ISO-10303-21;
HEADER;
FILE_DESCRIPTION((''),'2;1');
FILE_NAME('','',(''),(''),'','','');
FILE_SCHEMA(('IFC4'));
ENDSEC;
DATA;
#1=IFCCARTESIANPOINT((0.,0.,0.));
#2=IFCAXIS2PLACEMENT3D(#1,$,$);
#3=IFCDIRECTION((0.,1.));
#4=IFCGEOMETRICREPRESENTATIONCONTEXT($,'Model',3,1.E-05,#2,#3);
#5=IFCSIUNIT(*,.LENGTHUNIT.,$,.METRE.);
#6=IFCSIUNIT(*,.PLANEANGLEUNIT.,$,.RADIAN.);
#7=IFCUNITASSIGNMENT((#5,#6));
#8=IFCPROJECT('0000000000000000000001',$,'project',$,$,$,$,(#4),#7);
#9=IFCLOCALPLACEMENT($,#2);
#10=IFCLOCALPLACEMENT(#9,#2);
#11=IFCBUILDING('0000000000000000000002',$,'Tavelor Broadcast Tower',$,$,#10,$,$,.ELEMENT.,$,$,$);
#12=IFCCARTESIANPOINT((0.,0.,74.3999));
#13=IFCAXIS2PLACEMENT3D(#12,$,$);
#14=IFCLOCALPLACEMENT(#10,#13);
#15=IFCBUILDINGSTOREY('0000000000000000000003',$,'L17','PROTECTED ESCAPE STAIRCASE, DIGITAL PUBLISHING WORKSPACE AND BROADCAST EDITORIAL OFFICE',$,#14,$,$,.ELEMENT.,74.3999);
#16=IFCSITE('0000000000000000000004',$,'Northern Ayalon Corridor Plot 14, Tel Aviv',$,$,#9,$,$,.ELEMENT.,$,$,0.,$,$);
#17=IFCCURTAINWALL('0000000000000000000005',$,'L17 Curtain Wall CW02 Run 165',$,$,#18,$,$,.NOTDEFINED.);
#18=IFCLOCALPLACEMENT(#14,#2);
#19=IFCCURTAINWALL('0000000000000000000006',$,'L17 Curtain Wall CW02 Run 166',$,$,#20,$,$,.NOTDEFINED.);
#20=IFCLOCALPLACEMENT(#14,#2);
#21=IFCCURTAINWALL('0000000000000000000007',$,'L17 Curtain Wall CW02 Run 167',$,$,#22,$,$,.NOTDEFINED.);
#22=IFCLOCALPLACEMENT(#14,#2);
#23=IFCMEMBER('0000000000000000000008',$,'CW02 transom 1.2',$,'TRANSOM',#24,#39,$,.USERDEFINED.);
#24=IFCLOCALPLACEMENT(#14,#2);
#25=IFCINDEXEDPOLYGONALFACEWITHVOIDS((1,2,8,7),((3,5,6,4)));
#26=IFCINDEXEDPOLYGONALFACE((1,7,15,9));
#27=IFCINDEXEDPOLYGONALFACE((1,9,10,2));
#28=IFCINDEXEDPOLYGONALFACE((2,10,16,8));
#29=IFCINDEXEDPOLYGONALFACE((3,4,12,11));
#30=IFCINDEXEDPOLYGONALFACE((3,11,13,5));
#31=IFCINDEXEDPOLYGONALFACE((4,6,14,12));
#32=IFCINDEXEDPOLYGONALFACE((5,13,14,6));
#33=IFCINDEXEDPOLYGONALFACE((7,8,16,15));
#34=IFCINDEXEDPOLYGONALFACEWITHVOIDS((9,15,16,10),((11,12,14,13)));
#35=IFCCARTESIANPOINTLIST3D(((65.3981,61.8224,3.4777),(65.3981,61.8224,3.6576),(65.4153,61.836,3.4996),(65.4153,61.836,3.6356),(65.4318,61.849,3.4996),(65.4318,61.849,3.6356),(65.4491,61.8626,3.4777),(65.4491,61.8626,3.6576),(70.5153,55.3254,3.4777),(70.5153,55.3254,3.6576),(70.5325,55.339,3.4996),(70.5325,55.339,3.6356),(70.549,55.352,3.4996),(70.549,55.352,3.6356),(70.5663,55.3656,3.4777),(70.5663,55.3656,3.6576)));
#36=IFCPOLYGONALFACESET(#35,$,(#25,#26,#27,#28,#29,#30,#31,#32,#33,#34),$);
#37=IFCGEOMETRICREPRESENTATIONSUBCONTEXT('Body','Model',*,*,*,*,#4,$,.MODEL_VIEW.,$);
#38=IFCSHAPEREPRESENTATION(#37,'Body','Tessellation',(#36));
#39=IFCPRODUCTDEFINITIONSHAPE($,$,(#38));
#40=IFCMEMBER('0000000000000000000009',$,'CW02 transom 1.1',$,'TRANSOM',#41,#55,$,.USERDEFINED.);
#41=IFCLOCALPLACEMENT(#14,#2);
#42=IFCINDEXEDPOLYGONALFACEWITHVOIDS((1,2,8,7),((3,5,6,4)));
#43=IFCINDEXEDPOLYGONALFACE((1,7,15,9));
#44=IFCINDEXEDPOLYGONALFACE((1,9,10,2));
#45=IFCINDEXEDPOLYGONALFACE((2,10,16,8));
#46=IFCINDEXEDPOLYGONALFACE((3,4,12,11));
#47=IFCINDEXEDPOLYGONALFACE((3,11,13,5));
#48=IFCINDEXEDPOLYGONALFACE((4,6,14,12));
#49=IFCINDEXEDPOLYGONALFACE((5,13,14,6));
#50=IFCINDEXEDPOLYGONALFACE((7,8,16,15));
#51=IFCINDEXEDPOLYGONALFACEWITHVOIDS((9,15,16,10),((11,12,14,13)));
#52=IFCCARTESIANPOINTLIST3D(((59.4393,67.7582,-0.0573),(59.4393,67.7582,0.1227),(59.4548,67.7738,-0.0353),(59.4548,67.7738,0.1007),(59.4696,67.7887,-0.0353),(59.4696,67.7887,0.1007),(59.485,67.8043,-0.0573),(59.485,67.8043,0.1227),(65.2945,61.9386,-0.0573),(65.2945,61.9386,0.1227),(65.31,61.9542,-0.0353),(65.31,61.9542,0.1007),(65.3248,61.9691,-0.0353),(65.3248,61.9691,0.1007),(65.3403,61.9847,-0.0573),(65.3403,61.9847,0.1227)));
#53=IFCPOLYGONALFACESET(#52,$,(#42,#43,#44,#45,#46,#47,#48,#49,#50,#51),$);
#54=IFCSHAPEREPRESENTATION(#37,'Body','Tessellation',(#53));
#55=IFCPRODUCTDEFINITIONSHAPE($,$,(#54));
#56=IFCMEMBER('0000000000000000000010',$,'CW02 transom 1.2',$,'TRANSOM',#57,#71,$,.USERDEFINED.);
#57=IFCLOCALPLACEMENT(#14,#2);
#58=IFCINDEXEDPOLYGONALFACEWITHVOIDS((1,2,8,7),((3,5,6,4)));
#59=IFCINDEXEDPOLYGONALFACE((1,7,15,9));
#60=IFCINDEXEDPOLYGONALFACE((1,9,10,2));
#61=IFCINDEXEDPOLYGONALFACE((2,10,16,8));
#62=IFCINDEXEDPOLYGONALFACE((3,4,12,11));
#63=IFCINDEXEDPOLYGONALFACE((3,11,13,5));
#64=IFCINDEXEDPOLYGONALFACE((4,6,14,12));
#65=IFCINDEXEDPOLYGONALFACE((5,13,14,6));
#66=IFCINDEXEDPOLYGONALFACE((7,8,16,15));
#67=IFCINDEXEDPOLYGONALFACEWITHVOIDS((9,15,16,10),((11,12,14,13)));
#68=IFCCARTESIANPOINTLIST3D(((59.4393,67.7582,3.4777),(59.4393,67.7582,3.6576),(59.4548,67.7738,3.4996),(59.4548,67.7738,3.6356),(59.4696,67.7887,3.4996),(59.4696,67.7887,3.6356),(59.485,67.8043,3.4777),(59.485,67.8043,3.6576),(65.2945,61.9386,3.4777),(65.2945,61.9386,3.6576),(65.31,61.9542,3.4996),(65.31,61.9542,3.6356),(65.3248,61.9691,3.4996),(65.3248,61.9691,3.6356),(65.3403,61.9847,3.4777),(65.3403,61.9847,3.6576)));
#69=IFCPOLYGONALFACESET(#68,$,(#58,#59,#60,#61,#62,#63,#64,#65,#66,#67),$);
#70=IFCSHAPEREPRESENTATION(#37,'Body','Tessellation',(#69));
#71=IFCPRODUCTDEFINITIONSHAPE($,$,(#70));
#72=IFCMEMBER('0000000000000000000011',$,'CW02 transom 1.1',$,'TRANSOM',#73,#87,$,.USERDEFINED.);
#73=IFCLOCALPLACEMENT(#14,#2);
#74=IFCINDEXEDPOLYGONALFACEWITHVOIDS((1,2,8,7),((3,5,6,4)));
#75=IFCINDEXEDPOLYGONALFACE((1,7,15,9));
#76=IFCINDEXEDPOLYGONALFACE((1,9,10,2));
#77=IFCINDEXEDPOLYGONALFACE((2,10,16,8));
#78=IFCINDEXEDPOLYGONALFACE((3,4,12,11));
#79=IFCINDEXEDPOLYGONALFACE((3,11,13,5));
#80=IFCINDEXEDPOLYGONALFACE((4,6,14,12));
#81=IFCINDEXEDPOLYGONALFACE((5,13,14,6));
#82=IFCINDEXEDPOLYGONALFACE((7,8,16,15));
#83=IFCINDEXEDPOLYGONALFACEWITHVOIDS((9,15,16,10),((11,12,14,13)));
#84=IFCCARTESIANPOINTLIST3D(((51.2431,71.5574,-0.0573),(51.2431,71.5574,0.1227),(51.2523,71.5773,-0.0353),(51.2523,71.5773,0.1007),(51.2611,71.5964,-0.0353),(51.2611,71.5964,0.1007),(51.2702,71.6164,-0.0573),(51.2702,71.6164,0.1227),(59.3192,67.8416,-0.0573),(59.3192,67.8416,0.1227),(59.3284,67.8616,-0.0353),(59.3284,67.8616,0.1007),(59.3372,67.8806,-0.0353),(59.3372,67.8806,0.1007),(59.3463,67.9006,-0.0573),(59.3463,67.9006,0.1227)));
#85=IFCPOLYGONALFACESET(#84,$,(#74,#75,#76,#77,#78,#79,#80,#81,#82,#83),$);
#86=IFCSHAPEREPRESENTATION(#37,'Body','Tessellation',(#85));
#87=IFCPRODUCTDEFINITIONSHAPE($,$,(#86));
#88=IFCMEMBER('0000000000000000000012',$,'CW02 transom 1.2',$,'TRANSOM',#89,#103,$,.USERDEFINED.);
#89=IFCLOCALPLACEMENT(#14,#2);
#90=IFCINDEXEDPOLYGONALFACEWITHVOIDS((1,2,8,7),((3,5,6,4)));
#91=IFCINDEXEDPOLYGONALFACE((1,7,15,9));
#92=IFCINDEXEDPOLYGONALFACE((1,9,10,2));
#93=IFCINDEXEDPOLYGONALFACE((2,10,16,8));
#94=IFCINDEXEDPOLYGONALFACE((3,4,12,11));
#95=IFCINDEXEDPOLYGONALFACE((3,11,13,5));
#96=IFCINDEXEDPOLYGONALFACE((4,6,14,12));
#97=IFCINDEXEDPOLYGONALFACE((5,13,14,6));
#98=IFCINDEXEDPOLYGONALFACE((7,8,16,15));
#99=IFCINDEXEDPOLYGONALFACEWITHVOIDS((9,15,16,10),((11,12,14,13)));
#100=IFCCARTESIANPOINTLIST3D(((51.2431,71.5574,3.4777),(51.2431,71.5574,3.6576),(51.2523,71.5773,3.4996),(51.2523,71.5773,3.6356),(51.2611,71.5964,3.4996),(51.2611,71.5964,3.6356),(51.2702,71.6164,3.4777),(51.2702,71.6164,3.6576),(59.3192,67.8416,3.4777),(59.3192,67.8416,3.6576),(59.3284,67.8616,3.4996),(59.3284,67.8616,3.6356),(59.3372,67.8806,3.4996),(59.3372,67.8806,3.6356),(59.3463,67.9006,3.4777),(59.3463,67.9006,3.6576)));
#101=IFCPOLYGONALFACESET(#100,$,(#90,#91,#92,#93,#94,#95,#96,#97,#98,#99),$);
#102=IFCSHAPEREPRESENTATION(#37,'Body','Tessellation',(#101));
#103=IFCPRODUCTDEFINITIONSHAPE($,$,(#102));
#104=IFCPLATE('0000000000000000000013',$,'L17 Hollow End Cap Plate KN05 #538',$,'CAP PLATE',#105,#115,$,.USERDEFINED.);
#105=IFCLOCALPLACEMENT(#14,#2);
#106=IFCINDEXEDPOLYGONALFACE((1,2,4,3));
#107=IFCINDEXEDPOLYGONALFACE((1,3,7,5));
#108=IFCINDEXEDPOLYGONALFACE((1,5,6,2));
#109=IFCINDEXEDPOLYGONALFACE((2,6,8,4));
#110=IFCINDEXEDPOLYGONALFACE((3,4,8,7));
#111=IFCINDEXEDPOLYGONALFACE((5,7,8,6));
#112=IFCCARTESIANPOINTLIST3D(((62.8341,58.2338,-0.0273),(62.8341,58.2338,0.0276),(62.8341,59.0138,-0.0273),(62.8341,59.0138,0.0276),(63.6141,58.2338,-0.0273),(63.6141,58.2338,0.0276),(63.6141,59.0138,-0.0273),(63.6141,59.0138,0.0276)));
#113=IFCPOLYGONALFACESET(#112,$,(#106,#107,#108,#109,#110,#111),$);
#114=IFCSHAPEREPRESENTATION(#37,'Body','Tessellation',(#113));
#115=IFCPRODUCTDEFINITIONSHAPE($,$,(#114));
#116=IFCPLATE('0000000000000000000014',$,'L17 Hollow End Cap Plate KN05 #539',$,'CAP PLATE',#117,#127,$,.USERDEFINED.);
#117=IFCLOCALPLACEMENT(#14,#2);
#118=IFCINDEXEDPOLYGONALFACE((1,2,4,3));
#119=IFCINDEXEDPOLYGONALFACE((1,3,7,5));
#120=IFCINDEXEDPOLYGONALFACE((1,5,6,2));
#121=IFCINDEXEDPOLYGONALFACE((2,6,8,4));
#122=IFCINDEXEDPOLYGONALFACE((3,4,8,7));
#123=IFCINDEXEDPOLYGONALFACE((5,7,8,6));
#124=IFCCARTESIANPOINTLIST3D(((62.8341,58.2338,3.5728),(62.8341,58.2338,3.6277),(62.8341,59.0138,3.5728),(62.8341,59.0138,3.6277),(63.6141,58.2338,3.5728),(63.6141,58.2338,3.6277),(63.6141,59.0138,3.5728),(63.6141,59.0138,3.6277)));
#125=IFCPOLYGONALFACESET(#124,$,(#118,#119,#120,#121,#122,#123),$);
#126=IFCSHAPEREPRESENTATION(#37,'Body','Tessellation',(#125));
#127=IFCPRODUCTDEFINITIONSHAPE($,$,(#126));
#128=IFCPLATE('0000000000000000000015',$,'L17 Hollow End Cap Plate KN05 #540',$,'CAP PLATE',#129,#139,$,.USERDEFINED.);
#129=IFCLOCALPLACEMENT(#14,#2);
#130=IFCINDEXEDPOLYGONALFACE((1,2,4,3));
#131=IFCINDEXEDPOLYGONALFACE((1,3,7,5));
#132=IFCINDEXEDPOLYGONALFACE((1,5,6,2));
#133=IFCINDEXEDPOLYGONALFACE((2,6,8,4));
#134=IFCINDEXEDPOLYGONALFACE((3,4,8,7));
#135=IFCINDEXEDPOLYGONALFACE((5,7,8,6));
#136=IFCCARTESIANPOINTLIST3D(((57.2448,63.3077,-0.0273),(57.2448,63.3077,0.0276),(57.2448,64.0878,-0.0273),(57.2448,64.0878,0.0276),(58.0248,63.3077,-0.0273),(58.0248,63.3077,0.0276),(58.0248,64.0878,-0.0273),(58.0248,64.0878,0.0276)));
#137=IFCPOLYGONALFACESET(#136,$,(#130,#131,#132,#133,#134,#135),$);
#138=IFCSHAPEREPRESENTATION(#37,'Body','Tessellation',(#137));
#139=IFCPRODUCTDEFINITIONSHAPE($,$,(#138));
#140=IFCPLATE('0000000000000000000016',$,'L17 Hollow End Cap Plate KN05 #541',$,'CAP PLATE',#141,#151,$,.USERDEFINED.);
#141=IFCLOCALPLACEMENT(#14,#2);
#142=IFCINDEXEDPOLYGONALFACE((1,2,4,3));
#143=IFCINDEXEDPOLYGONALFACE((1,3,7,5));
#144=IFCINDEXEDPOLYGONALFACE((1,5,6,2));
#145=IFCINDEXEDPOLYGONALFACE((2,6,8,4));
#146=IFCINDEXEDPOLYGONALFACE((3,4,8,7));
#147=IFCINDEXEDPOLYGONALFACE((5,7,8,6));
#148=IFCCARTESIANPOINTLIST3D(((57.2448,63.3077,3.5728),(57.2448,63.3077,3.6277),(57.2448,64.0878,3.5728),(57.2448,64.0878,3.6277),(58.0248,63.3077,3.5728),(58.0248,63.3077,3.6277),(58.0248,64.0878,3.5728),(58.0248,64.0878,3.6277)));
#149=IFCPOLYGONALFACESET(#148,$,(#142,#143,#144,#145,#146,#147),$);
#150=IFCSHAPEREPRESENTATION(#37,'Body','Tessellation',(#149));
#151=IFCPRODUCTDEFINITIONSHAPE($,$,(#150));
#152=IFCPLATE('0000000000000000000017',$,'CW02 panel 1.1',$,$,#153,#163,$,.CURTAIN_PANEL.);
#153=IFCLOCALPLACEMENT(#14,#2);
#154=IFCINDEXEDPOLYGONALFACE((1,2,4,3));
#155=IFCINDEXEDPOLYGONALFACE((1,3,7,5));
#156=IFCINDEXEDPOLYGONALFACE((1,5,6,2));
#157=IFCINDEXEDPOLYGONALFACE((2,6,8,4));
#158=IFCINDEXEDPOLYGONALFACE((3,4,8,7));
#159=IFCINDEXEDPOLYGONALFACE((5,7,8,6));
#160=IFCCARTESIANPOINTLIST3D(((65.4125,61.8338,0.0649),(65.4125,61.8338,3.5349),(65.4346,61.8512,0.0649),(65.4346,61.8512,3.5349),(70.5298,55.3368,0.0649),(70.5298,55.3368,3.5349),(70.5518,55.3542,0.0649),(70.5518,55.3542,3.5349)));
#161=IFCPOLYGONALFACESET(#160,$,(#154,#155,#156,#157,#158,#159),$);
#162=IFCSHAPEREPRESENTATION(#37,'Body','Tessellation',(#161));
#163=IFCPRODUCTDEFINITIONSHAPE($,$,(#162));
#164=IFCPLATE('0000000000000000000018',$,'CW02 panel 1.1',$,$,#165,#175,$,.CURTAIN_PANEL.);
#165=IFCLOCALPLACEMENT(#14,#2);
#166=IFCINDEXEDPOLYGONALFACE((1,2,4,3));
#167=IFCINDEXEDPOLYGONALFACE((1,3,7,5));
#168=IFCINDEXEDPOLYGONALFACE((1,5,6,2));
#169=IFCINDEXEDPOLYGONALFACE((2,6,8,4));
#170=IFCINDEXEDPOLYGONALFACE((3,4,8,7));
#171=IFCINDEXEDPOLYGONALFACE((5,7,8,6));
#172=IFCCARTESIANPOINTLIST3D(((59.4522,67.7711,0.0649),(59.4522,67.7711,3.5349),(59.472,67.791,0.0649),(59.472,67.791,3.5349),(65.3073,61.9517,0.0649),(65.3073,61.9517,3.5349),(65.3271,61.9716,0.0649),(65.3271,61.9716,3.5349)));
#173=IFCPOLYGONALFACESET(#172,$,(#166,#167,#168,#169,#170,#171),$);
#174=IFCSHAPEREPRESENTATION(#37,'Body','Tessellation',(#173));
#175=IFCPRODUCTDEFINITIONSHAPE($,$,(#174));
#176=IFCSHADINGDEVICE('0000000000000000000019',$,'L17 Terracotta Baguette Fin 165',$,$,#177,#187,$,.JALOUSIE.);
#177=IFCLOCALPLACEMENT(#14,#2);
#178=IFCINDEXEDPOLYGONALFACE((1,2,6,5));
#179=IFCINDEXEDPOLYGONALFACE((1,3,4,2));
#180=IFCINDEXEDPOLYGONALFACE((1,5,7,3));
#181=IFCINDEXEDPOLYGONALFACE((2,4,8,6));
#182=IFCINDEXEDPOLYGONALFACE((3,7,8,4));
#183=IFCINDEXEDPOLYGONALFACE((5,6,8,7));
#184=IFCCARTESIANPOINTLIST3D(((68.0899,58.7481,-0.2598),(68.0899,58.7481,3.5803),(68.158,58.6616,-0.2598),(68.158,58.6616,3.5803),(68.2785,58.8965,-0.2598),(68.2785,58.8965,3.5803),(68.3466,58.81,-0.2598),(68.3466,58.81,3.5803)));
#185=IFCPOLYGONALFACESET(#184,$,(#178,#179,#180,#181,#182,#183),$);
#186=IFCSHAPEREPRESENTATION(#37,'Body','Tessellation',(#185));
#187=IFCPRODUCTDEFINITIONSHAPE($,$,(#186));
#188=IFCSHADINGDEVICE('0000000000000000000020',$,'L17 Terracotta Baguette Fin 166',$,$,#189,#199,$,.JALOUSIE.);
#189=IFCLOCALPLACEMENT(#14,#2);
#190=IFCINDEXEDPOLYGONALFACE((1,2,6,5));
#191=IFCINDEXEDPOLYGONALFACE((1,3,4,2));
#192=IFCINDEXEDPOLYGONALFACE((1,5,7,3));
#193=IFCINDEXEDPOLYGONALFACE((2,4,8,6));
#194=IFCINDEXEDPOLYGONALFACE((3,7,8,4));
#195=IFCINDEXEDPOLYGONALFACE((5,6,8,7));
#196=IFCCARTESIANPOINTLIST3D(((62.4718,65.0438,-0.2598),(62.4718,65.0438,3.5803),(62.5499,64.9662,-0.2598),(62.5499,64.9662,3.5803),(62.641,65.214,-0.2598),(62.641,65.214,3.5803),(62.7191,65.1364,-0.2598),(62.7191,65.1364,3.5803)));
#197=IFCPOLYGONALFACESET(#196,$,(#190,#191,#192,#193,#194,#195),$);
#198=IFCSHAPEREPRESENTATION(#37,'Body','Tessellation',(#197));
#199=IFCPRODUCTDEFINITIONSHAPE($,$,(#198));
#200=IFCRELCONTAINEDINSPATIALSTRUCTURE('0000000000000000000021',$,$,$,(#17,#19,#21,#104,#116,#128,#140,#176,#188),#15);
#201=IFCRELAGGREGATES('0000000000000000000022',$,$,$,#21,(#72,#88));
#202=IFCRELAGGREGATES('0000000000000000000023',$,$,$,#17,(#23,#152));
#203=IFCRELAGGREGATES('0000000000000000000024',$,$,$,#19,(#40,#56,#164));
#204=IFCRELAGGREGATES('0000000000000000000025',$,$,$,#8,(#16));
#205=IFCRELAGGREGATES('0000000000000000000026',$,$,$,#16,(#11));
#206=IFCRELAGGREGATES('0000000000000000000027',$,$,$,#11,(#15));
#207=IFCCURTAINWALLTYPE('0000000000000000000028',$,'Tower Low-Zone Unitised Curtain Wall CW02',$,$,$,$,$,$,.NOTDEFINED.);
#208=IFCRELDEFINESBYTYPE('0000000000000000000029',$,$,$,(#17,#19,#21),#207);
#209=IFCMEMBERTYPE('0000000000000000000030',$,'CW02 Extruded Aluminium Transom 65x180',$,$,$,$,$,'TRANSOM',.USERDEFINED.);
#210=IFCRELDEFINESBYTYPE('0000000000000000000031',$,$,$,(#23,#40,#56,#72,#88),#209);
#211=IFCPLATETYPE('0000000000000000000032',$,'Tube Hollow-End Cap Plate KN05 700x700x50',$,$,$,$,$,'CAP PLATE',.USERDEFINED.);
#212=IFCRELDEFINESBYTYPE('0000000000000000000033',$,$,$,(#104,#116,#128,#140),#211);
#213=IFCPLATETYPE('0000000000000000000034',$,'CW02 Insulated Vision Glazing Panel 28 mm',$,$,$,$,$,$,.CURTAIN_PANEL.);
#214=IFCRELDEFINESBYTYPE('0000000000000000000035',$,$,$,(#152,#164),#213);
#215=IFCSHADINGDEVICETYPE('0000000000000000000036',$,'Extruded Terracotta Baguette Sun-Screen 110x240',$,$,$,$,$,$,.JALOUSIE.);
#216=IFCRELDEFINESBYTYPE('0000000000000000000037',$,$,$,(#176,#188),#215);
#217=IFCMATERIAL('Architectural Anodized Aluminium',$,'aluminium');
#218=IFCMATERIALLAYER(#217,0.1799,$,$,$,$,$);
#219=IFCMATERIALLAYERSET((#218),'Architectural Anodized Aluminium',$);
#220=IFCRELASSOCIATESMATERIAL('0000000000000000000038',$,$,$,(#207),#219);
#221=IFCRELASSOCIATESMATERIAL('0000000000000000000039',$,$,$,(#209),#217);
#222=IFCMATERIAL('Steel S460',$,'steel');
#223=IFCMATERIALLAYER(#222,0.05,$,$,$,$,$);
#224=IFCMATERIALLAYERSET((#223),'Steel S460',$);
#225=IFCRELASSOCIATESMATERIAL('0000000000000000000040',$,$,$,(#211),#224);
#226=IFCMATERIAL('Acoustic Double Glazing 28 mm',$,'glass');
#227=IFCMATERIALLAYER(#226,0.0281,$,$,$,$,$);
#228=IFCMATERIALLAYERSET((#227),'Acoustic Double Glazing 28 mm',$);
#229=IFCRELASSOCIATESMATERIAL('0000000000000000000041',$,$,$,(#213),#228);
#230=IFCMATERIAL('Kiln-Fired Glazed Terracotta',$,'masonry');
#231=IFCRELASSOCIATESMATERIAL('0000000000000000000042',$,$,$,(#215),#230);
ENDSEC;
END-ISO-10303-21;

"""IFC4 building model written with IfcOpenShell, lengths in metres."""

from ifc_helpers import new_model, si_unit, direction, frame, origin, origin_2d, place, context, subcontext, project, spatial, rectangle, hollow_rectangle, extrude, source, transform, mapped, material, layer, layer_set, material_profile, profile_set, type_object, type_shapes, element, aggregate, save


model = new_model("IFC4")

# Units and contexts
model_context = context("Model", 3, precision=1e-05, world=origin(), true_north=direction((0.0, 1.0)))
body_context = subcontext(model_context, "Body", "Model", "MODEL_VIEW")
ifc_project = project(units=[si_unit("LENGTHUNIT", "METRE"), si_unit("PLANEANGLEUNIT", "RADIAN")], contexts=[model_context])

# Site, building, storey
site_placement = place(None, origin())
site = spatial("IfcSite", under=ifc_project, at=site_placement, Name="Northern Ayalon Corridor Plot 14, Tel Aviv", CompositionType="ELEMENT", RefElevation=0.0)
building_placement = place(site_placement, origin())
building = spatial("IfcBuilding", under=site, at=building_placement, Name="Tavelor Broadcast Tower", CompositionType="ELEMENT")
storey_placement = place(building_placement, frame((0.0, 0.0, 74.3999)))
storey = spatial("IfcBuildingStorey", under=building, at=storey_placement, Name="L17", Description="PROTECTED ESCAPE STAIRCASE, DIGITAL PUBLISHING WORKSPACE AND BROADCAST EDITORIAL OFFICE", CompositionType="ELEMENT", Elevation=74.3999)

# Shared definitions
ifc_material_1 = material(Name="Steel S460", Category="steel")

# Curtain walls
ifc_material_2 = material(Name="Architectural Anodized Aluminium", Category="aluminium")
ifc_layer_1 = layer(ifc_material_2, 0.1799)
ifc_layer_set_1 = layer_set([ifc_layer_1], Name="Architectural Anodized Aluminium")
curtain_wall_type = type_object("IfcCurtainWallType", Name="Tower Low-Zone Unitised Curtain Wall CW02", PredefinedType="NOTDEFINED", material=ifc_layer_set_1)
curtain_wall_1_placement = place(storey_placement, origin())
curtain_wall_1 = element("IfcCurtainWall", 1, at=curtain_wall_1_placement, inside=storey, type_object=curtain_wall_type, Name="L17 Curtain Wall CW02 Run 165", PredefinedType="NOTDEFINED")
curtain_wall_2_placement = place(storey_placement, origin())
curtain_wall_2 = element("IfcCurtainWall", 2, at=curtain_wall_2_placement, inside=storey, type_object=curtain_wall_type, Name="L17 Curtain Wall CW02 Run 166", PredefinedType="NOTDEFINED")

# Curtain wall
curtain_wall_3_placement = place(storey_placement, origin())
curtain_wall_3 = element("IfcCurtainWall", 3, at=curtain_wall_3_placement, inside=storey, type_object=curtain_wall_type, Name="L17 Curtain Wall CW02 Run 167", PredefinedType="NOTDEFINED")

# Members
ifc_material_profile_1 = material_profile(ifc_material_2, hollow_rectangle(XDim=0.0649, YDim=0.1799, WallThickness=0.022, at=origin_2d()), Name="RHS 65x180x22")
ifc_profile_set_1 = profile_set([ifc_material_profile_1], Name="Architectural Anodized Aluminium")
member_type_1 = type_object("IfcMemberType", Name="CW02 Extruded Aluminium Transom 65x180", ElementType="TRANSOM", PredefinedType="USERDEFINED", material=ifc_profile_set_1)
shared_shape_1 = source(origin(), body_context, "Body", "SweptSolid", [
    extrude(hollow_rectangle(XDim=0.0649, YDim=0.1799, WallThickness=0.022, at=origin_2d()), origin(), (0.0, 0.0, 1.0), 8.2703),
])
member_1_placement = place(storey_placement, frame((70.5408, 55.3455, 3.5676), z_axis=(-0.618744, 0.785593, 0.0), x_axis=(-0.785593, -0.618744, 0.0)))
member_1 = element("IfcMember", 4, at=member_1_placement, type_object=member_type_1, Name="CW02 transom 1.2", ObjectType="TRANSOM", PredefinedType="USERDEFINED", context=body_context, shape_type="MappedRepresentation", body=[
    mapped(shared_shape_1, transform((0.0, 0.0, 0.0), scale=1.0)),
])
shared_shape_2 = source(origin(), body_context, "Body", "SweptSolid", [
    extrude(hollow_rectangle(XDim=0.0649, YDim=0.1799, WallThickness=0.022, at=origin_2d()), origin(), (0.0, 0.0, 1.0), 8.2554),
])
member_2_placement = place(storey_placement, frame((65.3174, 61.9617, 0.0327), z_axis=(-0.709262, 0.704945, 0.0), x_axis=(-0.704945, -0.709262, 0.0)))
member_2 = element("IfcMember", 5, at=member_2_placement, type_object=member_type_1, Name="CW02 transom 1.1", ObjectType="TRANSOM", PredefinedType="USERDEFINED", context=body_context, shape_type="MappedRepresentation", body=[
    mapped(shared_shape_2, transform((0.0, 0.0, 0.0), scale=1.0)),
])
member_3_placement = place(storey_placement, frame((65.3174, 61.9617, 3.5676), z_axis=(-0.709262, 0.704945, 0.0), x_axis=(-0.704945, -0.709262, 0.0)))
member_3 = element("IfcMember", 6, at=member_3_placement, type_object=member_type_1, Name="CW02 transom 1.2", ObjectType="TRANSOM", PredefinedType="USERDEFINED", context=body_context, shape_type="MappedRepresentation", body=[
    mapped(shared_shape_2, transform((0.0, 0.0, 0.0), scale=1.0)),
])
shared_shape_3 = source(origin(), body_context, "Body", "SweptSolid", [
    extrude(hollow_rectangle(XDim=0.0649, YDim=0.1799, WallThickness=0.022, at=origin_2d()), origin(), (0.0, 0.0, 1.0), 8.8899),
])
type_shapes(member_type_1, [shared_shape_1, shared_shape_2, shared_shape_3])
member_4_placement = place(storey_placement, frame((59.3328, 67.8711, 0.0327), z_axis=(-0.908457, 0.417978, 0.0), x_axis=(-0.417978, -0.908457, 0.0)))
member_4 = element("IfcMember", 7, at=member_4_placement, type_object=member_type_1, Name="CW02 transom 1.1", ObjectType="TRANSOM", PredefinedType="USERDEFINED", context=body_context, shape_type="MappedRepresentation", body=[
    mapped(shared_shape_3, transform((0.0, 0.0, 0.0), scale=1.0)),
])
member_5_placement = place(storey_placement, frame((59.3328, 67.8711, 3.5676), z_axis=(-0.908457, 0.417978, 0.0), x_axis=(-0.417978, -0.908457, 0.0)))
member_5 = element("IfcMember", 8, at=member_5_placement, type_object=member_type_1, Name="CW02 transom 1.2", ObjectType="TRANSOM", PredefinedType="USERDEFINED", context=body_context, shape_type="MappedRepresentation", body=[
    mapped(shared_shape_3, transform((0.0, 0.0, 0.0), scale=1.0)),
])
aggregate(curtain_wall_3, [member_4, member_5])

# Plates
ifc_layer_2 = layer(ifc_material_1, 0.05)
ifc_layer_set_2 = layer_set([ifc_layer_2], Name="Steel S460")
plate_type_1 = type_object("IfcPlateType", Name="Tube Hollow-End Cap Plate KN05 700x700x50", ElementType="CAP PLATE", PredefinedType="USERDEFINED", material=ifc_layer_set_2)
shared_shape_4 = source(origin(), body_context, "Body", "SweptSolid", [
    extrude(rectangle(XDim=0.78, YDim=0.78, at=origin_2d()), origin(), (0.0, 0.0, 1.0), 0.0549),
])
type_shapes(plate_type_1, [shared_shape_4])
for number, where, z_axis, x_axis, name in (
    (9, (63.2241, 58.6238, -0.0273), (0.0, 0.0, 1.0), (1.0, 0.0, 0.0), "L17 Hollow End Cap Plate KN05 #538"),
    (10, (63.2241, 58.6238, 3.5728), (0.0, 0.0, 1.0), (1.0, 0.0, 0.0), "L17 Hollow End Cap Plate KN05 #539"),
    (11, (57.6348, 63.6978, -0.0273), (0.0, 0.0, 1.0), (1.0, 0.0, 0.0), "L17 Hollow End Cap Plate KN05 #540"),
    (12, (57.6348, 63.6978, 3.5728), (0.0, 0.0, 1.0), (1.0, 0.0, 0.0), "L17 Hollow End Cap Plate KN05 #541"),
):
    element("IfcPlate", number, at=place(storey_placement, frame(where, z_axis=z_axis, x_axis=x_axis)), inside=storey, type_object=plate_type_1, Name=name, ObjectType="CAP PLATE", PredefinedType="USERDEFINED", context=body_context, shape_type="MappedRepresentation", body=[
        mapped(shared_shape_4, transform((0.0, 0.0, 0.0), scale=1.0)),
    ])

# Plates
ifc_material_3 = material(Name="Acoustic Double Glazing 28 mm", Category="glass")
ifc_layer_3 = layer(ifc_material_3, 0.0281)
ifc_layer_set_3 = layer_set([ifc_layer_3], Name="Acoustic Double Glazing 28 mm")
plate_type_2 = type_object("IfcPlateType", Name="CW02 Insulated Vision Glazing Panel 28 mm", PredefinedType="CURTAIN_PANEL", material=ifc_layer_set_3)
shared_shape_5 = source(origin(), body_context, "Body", "SweptSolid", [
    extrude(rectangle(XDim=8.2703, YDim=0.0281, at=origin_2d()), origin(), (0.0, 0.0, 1.0), 3.47),
])
plate_1_placement = place(storey_placement, frame((67.9822, 58.594, 0.0649), z_axis=(0.0, 0.0, 1.0), x_axis=(-0.61875, 0.785588, 0.0)))
plate_1 = element("IfcPlate", 13, at=plate_1_placement, type_object=plate_type_2, Name="CW02 panel 1.1", PredefinedType="CURTAIN_PANEL", context=body_context, shape_type="MappedRepresentation", body=[
    mapped(shared_shape_5, transform((0.0, 0.0, 0.0), scale=1.0)),
])
aggregate(curtain_wall_1, [member_1, plate_1])
shared_shape_6 = source(origin(), body_context, "Body", "SweptSolid", [
    extrude(rectangle(XDim=8.2551, YDim=0.0281, at=origin_2d()), origin(), (0.0, 0.0, 1.0), 3.47),
])
type_shapes(plate_type_2, [shared_shape_5, shared_shape_6])
plate_2_placement = place(storey_placement, frame((62.3896, 64.8713, 0.0649), z_axis=(0.0, 0.0, 1.0), x_axis=(-0.709262, 0.704945, 0.0)))
plate_2 = element("IfcPlate", 14, at=plate_2_placement, type_object=plate_type_2, Name="CW02 panel 1.1", PredefinedType="CURTAIN_PANEL", context=body_context, shape_type="MappedRepresentation", body=[
    mapped(shared_shape_6, transform((0.0, 0.0, 0.0), scale=1.0)),
])
aggregate(curtain_wall_2, [member_2, member_3, plate_2])

# Shading devices
ifc_material_4 = material(Name="Kiln-Fired Glazed Terracotta", Category="masonry")
shading_device_type = type_object("IfcShadingDeviceType", Name="Extruded Terracotta Baguette Sun-Screen 110x240", PredefinedType="JALOUSIE", material=ifc_material_4)
shared_shape_7 = source(origin(), body_context, "Body", "SweptSolid", [
    extrude(rectangle(XDim=0.1101, YDim=0.24, at=origin_2d()), origin(), (0.0, 0.0, 1.0), 3.8401),
])
type_shapes(shading_device_type, [shared_shape_7])
for number, where, z_axis, x_axis, name in (
    (15, (68.2183, 58.7791, -0.2598), (0.0, 0.0, 1.0), (-0.618683, 0.785641, 0.0), "L17 Terracotta Baguette Fin 165"),
    (16, (62.5955, 65.0901, -0.2598), (0.0, 0.0, 1.0), (-0.709325, 0.704882, 0.0), "L17 Terracotta Baguette Fin 166"),
):
    element("IfcShadingDevice", number, at=place(storey_placement, frame(where, z_axis=z_axis, x_axis=x_axis)), inside=storey, type_object=shading_device_type, Name=name, PredefinedType="JALOUSIE", context=body_context, shape_type="MappedRepresentation", body=[
        mapped(shared_shape_7, transform((0.0, 0.0, 0.0), scale=1.0)),
    ])

save(model, "model.ifc")
